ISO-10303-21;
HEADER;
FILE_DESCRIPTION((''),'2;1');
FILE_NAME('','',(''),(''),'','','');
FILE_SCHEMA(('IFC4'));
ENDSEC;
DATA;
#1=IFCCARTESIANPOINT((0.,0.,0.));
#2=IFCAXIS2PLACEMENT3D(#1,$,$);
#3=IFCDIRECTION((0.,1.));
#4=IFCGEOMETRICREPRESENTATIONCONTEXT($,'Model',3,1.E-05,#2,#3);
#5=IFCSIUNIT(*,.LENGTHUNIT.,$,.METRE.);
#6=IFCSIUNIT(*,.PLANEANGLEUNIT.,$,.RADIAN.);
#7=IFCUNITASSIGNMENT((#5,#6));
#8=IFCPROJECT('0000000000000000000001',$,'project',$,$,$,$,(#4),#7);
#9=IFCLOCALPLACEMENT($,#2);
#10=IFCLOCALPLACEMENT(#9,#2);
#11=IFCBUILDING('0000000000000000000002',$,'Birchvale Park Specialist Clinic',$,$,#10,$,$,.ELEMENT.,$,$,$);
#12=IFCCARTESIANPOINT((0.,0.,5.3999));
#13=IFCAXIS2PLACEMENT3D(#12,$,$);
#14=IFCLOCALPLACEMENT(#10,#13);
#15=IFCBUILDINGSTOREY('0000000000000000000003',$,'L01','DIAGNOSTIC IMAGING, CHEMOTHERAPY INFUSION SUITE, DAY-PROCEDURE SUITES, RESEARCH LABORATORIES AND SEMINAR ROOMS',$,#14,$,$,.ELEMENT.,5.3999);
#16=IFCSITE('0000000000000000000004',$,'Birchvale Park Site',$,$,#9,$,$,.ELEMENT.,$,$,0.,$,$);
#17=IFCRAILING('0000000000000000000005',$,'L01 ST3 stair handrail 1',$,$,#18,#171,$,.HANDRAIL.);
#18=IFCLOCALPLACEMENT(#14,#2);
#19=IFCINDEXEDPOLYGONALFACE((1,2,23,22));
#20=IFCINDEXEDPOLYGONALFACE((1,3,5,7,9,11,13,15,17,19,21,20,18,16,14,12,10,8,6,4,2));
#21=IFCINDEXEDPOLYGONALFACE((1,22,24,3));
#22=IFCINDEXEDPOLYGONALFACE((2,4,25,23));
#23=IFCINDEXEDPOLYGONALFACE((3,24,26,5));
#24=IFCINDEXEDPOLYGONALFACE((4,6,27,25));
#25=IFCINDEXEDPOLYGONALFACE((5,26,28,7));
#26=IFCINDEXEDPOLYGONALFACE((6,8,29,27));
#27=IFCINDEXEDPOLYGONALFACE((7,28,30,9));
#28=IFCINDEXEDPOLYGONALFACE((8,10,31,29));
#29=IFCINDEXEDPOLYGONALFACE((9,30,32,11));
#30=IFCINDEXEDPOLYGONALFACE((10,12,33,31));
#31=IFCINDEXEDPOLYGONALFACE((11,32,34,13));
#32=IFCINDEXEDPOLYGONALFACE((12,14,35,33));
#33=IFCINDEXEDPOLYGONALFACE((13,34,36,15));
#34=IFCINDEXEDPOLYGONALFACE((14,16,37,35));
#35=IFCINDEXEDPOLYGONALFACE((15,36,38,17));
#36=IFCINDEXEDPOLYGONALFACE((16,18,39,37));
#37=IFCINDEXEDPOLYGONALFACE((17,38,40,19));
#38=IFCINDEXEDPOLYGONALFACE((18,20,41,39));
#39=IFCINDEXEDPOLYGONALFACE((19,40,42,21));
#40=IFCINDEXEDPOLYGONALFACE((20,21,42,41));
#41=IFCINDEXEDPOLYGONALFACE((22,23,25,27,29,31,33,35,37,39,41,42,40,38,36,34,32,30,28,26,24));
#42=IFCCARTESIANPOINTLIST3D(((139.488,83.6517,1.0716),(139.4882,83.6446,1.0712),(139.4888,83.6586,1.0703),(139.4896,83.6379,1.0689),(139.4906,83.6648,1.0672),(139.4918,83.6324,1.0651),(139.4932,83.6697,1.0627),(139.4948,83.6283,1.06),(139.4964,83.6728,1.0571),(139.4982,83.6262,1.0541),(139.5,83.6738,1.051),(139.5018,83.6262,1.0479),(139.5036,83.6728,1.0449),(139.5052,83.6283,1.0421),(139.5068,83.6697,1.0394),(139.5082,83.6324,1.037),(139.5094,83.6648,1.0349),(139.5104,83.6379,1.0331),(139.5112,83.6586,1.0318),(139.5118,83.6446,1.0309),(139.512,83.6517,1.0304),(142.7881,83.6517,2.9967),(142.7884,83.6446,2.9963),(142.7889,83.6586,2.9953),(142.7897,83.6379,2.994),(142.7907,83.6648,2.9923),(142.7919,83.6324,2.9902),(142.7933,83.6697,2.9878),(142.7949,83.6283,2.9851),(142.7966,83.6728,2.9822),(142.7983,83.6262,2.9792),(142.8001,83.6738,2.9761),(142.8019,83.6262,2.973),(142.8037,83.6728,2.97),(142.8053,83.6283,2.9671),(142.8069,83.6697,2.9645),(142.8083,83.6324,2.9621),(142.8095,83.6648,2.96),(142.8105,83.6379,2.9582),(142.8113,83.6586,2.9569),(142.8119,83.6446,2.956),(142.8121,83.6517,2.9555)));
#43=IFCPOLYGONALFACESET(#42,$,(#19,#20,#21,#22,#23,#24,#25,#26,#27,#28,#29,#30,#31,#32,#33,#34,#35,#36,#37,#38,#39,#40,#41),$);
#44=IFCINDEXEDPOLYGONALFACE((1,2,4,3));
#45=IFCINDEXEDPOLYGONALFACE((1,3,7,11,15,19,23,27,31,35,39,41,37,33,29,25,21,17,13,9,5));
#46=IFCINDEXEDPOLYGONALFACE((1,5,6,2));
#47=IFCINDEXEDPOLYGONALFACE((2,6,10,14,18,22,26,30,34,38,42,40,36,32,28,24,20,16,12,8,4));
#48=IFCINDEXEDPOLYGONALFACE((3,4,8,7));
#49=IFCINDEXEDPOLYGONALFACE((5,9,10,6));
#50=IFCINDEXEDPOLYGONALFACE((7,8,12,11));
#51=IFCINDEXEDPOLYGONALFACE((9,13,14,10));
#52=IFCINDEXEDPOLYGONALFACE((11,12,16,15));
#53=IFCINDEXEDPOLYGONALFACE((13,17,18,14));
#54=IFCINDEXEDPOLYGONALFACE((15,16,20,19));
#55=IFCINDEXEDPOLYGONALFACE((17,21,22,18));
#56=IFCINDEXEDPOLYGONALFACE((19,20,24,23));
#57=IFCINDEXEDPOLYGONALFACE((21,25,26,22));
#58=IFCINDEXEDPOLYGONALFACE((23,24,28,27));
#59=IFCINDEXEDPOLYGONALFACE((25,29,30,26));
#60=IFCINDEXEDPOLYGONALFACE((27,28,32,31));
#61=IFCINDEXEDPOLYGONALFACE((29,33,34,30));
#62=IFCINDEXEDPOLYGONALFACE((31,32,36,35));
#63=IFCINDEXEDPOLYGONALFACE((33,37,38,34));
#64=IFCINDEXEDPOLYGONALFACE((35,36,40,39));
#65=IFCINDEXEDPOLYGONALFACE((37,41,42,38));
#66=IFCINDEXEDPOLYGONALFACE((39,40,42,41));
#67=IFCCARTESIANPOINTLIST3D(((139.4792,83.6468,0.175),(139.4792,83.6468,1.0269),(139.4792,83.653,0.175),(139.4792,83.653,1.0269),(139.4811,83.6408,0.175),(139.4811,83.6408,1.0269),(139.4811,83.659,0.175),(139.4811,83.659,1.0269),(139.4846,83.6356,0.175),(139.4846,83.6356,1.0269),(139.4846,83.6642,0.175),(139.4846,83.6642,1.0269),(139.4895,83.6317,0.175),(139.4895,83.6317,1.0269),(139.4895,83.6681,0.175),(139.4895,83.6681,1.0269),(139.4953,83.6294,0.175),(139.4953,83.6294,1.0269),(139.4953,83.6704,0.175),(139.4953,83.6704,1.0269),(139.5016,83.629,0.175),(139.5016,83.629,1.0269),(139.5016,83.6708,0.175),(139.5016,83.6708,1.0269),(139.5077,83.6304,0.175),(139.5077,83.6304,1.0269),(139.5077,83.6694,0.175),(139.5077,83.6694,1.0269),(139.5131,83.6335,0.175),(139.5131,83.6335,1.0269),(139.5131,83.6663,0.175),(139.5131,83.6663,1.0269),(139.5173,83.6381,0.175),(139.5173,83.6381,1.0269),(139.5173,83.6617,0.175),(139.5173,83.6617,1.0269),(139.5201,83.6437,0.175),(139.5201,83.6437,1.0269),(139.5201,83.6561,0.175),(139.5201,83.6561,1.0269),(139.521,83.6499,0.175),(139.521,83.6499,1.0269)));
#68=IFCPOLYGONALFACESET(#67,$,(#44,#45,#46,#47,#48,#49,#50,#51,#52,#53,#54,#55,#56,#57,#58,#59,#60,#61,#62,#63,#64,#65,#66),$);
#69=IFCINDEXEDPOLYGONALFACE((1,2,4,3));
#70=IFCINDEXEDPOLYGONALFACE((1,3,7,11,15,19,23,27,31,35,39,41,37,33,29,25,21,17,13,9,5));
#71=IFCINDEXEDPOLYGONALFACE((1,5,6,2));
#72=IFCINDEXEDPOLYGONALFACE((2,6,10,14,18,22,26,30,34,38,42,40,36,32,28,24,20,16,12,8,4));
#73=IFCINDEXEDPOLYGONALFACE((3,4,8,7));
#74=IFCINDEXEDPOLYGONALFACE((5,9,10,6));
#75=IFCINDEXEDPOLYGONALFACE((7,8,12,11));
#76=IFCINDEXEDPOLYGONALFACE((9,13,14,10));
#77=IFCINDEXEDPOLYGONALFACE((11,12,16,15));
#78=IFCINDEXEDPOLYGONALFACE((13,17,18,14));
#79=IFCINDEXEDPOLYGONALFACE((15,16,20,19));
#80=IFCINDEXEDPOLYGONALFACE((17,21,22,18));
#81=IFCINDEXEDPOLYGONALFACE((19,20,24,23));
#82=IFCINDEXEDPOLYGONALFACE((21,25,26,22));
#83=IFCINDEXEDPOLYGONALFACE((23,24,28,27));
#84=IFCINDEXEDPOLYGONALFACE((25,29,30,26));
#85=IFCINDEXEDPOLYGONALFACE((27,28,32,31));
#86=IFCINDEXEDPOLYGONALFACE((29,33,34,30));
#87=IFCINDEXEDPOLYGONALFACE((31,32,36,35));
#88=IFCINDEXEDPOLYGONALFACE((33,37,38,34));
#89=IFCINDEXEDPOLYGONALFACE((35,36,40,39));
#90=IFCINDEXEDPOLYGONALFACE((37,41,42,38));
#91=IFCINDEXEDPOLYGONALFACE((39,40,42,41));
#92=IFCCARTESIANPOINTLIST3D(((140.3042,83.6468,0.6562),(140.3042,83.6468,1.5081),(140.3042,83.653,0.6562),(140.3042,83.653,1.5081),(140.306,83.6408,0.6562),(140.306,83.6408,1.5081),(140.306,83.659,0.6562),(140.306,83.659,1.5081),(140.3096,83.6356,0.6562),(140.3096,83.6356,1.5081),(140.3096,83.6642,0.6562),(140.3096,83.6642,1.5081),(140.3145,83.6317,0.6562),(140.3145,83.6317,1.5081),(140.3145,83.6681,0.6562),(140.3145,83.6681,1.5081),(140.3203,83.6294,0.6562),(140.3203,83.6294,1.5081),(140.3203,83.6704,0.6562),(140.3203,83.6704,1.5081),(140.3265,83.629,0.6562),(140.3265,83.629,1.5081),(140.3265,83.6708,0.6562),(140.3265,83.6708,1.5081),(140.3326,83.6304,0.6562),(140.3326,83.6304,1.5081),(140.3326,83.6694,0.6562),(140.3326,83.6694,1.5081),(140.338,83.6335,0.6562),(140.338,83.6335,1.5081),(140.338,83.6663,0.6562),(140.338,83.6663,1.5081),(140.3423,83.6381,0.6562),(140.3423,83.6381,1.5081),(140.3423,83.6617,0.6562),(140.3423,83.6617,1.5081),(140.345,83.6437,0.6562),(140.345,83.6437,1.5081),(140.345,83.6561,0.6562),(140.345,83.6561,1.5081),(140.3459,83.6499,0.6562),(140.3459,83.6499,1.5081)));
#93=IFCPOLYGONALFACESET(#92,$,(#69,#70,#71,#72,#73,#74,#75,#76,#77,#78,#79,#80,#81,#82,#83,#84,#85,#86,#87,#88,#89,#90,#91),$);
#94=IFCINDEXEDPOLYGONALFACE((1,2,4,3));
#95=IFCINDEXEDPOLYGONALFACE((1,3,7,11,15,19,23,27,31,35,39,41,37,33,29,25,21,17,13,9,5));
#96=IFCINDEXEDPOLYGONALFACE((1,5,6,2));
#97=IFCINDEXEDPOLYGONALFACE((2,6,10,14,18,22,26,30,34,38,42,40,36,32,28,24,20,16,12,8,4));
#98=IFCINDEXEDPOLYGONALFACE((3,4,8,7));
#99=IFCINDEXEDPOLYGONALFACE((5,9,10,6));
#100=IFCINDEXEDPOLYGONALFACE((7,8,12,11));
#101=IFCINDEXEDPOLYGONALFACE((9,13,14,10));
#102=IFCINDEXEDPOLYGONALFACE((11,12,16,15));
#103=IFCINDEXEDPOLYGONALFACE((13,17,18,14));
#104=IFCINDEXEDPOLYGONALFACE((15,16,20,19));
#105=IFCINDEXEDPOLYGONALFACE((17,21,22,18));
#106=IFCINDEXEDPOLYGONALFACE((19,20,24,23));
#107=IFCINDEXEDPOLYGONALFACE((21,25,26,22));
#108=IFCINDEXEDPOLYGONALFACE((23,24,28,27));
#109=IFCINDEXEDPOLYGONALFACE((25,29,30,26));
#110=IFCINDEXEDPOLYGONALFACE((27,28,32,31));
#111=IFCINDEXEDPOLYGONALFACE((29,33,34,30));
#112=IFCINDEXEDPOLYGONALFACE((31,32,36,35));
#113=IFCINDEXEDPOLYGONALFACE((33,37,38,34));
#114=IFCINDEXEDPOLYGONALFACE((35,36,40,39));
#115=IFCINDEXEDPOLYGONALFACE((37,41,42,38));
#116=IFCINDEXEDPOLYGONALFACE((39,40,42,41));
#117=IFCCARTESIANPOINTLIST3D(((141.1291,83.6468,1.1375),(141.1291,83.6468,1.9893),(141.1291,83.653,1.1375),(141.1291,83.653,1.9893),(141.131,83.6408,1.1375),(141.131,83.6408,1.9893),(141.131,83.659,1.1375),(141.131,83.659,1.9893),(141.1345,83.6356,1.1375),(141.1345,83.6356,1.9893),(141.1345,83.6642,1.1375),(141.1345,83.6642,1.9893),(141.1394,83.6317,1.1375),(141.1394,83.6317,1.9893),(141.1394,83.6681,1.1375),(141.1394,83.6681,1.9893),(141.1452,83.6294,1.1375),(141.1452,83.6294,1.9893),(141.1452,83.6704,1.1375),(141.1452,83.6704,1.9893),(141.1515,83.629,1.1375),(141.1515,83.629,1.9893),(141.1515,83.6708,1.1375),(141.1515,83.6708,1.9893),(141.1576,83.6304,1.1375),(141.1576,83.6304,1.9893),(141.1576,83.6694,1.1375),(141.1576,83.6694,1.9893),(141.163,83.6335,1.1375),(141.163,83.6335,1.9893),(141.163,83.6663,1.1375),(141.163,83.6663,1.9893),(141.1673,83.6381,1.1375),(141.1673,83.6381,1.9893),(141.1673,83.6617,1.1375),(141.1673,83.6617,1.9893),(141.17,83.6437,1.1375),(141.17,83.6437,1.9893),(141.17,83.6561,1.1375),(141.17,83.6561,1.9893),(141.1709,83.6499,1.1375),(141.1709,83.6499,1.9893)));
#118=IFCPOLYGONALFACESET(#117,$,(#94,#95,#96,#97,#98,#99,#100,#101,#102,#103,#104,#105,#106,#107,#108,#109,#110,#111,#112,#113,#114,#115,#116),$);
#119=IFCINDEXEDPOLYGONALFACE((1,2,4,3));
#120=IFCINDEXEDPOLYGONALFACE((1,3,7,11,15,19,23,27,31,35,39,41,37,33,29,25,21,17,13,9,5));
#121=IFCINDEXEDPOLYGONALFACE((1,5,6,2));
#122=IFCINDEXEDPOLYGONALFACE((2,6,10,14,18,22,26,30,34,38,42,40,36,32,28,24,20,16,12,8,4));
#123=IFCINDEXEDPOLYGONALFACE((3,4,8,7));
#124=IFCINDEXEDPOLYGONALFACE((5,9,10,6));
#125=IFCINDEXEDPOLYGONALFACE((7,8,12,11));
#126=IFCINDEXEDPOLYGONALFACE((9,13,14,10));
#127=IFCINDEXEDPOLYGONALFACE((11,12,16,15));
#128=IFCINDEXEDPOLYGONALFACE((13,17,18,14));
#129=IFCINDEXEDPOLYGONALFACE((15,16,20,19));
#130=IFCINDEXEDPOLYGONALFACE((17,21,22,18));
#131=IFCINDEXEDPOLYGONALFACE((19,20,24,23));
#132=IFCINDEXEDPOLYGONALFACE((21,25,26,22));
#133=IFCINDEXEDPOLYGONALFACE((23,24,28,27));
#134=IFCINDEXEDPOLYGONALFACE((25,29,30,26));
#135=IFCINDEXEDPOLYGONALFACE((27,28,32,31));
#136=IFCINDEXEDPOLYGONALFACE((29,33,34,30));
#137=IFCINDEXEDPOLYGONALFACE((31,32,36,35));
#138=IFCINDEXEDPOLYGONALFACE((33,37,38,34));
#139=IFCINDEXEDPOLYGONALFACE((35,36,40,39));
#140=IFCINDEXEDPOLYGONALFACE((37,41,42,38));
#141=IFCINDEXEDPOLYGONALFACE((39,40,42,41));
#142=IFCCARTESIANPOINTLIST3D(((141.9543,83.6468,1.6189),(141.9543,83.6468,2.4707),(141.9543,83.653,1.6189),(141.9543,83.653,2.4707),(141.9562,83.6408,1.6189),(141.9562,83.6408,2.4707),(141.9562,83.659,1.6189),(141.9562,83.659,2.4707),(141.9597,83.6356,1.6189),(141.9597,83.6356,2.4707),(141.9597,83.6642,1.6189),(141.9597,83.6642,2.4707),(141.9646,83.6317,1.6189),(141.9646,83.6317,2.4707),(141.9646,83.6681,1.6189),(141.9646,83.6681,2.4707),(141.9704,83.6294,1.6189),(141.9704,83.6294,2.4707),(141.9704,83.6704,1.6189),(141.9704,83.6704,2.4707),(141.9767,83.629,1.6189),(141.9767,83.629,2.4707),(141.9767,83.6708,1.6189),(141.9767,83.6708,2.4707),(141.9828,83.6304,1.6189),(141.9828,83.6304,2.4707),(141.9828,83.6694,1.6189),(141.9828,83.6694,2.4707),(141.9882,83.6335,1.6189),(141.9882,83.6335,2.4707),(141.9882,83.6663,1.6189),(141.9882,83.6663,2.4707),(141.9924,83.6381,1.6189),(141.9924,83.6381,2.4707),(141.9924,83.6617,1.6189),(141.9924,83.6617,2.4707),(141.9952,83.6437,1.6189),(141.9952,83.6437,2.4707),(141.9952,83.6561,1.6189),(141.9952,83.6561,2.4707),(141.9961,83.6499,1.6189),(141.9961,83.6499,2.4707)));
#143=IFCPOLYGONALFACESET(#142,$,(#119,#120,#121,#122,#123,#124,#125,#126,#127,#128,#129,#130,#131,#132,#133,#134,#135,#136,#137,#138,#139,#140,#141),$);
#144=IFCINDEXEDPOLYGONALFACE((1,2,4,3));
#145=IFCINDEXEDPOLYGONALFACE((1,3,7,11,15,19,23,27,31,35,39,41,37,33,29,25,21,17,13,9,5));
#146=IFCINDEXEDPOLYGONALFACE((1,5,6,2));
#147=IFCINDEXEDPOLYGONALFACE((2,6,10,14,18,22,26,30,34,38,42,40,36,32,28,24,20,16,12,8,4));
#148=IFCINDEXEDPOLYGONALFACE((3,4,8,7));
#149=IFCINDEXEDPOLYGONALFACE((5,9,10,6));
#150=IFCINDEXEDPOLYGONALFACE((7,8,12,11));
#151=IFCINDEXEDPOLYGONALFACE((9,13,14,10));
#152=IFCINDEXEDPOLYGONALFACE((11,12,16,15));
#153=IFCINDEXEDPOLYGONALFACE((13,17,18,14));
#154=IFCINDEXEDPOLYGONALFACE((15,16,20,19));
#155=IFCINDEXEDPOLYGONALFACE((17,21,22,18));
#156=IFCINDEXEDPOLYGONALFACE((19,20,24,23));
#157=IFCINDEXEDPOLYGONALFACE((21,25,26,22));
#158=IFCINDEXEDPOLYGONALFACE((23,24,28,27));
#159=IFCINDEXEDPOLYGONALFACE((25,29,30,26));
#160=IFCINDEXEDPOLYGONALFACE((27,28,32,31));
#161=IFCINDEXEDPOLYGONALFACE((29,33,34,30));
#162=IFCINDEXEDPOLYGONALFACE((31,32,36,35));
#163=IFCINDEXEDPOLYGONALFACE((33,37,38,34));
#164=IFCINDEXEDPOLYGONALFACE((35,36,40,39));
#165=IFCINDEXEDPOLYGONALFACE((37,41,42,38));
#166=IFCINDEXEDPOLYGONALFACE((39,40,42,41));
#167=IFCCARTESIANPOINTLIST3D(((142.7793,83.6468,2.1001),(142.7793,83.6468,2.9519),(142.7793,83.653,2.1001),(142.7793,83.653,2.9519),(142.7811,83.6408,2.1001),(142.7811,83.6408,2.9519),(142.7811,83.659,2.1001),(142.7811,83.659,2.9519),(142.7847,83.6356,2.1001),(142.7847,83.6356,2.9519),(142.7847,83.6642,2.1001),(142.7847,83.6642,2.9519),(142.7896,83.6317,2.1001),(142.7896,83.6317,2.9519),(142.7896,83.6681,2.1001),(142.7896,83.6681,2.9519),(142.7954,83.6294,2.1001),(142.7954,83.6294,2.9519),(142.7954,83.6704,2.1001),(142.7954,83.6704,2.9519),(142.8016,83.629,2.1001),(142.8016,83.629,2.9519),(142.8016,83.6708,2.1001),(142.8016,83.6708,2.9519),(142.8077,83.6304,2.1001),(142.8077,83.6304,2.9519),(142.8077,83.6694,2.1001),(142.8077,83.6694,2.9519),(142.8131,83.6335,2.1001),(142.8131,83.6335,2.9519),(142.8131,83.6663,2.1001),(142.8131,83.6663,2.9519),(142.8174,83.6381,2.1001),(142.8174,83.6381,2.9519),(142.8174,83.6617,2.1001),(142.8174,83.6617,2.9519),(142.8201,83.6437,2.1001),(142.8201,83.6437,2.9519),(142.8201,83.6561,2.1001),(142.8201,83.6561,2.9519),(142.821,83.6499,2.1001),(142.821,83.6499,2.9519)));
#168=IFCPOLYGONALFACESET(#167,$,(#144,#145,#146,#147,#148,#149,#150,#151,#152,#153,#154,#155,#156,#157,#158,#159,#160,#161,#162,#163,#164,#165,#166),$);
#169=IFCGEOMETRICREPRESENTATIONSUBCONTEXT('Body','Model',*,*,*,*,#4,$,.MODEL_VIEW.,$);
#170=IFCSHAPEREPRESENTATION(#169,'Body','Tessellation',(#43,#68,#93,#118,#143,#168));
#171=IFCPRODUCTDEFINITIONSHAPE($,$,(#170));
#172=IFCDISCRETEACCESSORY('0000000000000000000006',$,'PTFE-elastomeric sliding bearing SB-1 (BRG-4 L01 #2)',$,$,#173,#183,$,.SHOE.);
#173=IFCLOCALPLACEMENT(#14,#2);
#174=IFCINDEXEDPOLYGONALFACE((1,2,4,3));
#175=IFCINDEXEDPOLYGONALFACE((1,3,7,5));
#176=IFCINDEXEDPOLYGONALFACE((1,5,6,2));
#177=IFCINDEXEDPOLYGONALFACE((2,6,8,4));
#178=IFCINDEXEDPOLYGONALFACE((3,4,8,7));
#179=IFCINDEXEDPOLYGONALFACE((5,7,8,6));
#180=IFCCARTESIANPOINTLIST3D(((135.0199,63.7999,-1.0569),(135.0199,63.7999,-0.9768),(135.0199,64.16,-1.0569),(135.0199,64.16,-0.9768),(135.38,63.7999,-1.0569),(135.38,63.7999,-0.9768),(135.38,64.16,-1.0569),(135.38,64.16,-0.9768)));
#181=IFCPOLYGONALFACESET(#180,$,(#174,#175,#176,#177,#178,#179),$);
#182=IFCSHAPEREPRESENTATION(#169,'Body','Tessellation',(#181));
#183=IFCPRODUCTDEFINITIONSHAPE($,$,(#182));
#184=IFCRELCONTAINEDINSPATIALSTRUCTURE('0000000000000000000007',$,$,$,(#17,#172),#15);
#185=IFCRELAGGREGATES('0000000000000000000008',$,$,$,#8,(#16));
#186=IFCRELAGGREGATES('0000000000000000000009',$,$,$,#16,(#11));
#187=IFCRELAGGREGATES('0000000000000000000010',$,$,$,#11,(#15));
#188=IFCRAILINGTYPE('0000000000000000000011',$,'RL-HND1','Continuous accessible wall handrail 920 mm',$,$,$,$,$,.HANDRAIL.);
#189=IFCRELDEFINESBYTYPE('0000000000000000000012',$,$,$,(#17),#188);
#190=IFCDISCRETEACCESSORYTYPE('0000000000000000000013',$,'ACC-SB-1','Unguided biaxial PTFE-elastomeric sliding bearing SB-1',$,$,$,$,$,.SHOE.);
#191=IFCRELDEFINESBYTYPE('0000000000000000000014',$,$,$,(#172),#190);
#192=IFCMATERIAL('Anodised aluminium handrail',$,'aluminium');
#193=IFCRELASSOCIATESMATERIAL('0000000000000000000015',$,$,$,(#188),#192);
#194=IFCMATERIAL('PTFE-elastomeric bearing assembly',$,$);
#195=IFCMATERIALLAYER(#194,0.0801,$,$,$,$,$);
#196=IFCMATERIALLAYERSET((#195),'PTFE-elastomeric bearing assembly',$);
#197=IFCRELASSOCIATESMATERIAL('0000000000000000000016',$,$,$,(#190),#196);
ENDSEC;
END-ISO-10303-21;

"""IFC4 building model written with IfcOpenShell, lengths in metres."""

from ifc_helpers import new_model, si_unit, direction, frame, origin, origin_2d, place, context, subcontext, project, spatial, rectangle, circle, extrude, material, layer, layer_set, type_object, element, save


model = new_model("IFC4")

# Units and contexts
model_context = context("Model", 3, precision=1e-05, world=origin(), true_north=direction((0.0, 1.0)))
body_context = subcontext(model_context, "Body", "Model", "MODEL_VIEW")
ifc_project = project(units=[si_unit("LENGTHUNIT", "METRE"), si_unit("PLANEANGLEUNIT", "RADIAN")], contexts=[model_context])

# Site, building, storey
site_placement = place(None, origin())
site = spatial("IfcSite", under=ifc_project, at=site_placement, Name="Birchvale Park Site", CompositionType="ELEMENT", RefElevation=0.0)
building_placement = place(site_placement, origin())
building = spatial("IfcBuilding", under=site, at=building_placement, Name="Birchvale Park Specialist Clinic", CompositionType="ELEMENT")
storey_placement = place(building_placement, frame((0.0, 0.0, 5.3999)))
storey = spatial("IfcBuildingStorey", under=building, at=storey_placement, Name="L01", Description="DIAGNOSTIC IMAGING, CHEMOTHERAPY INFUSION SUITE, DAY-PROCEDURE SUITES, RESEARCH LABORATORIES AND SEMINAR ROOMS", CompositionType="ELEMENT", Elevation=5.3999)

# Railing
ifc_material_1 = material(Name="Anodised aluminium handrail", Category="aluminium")
railing_type = type_object("IfcRailingType", Name="RL-HND1", Description="Continuous accessible wall handrail 920 mm", PredefinedType="HANDRAIL", material=ifc_material_1)
railing_placement = place(storey_placement, frame((139.5, 83.6499, 0.175)))
element("IfcRailing", 1, at=railing_placement, inside=storey, type_object=railing_type, Name="L01 ST3 stair handrail 1", PredefinedType="HANDRAIL", context=body_context, shape_type="SweptSolid", body=[
    extrude(circle(Radius=0.0239, at=origin_2d()), frame((0.0, 0.0, 0.876), z_axis=(0.863777, 0.0, 0.503875), x_axis=(0.0, 1.0, 0.0)), (0.0, 0.0, 1.0), 3.8206),
    extrude(circle(Radius=0.021, at=origin_2d()), origin(), (0.0, 0.0, 1.0), 0.8518),
    extrude(circle(Radius=0.021, at=origin_2d()), frame((0.825, 0.0, 0.4812)), (0.0, 0.0, 1.0), 0.8518),
    extrude(circle(Radius=0.021, at=origin_2d()), frame((1.6499, 0.0, 0.9624)), (0.0, 0.0, 1.0), 0.8518),
    extrude(circle(Radius=0.021, at=origin_2d()), frame((2.4751, 0.0, 1.4438)), (0.0, 0.0, 1.0), 0.8518),
    extrude(circle(Radius=0.021, at=origin_2d()), frame((3.3, 0.0, 1.925)), (0.0, 0.0, 1.0), 0.8518),
])

# Discrete accessory
ifc_material_2 = material(Name="PTFE-elastomeric bearing assembly")
ifc_layer_1 = layer(ifc_material_2, 0.0801)
ifc_layer_set_1 = layer_set([ifc_layer_1], Name="PTFE-elastomeric bearing assembly")
discrete_accessory_type = type_object("IfcDiscreteAccessoryType", Name="ACC-SB-1", Description="Unguided biaxial PTFE-elastomeric sliding bearing SB-1", PredefinedType="SHOE", material=ifc_layer_set_1)
discrete_accessory_placement = place(storey_placement, frame((135.2, 63.98, -1.0569), z_axis=(0.0, 0.0, 1.0), x_axis=(1.0, 0.0, 0.0)))
element("IfcDiscreteAccessory", 2, at=discrete_accessory_placement, inside=storey, type_object=discrete_accessory_type, Name="PTFE-elastomeric sliding bearing SB-1 (BRG-4 L01 #2)", PredefinedType="SHOE", context=body_context, shape_type="SweptSolid", body=[
    extrude(rectangle(XDim=0.3601, YDim=0.3601, at=origin_2d()), origin(), (0.0, 0.0, 1.0), 0.0801),
])

save(model, "model.ifc")
